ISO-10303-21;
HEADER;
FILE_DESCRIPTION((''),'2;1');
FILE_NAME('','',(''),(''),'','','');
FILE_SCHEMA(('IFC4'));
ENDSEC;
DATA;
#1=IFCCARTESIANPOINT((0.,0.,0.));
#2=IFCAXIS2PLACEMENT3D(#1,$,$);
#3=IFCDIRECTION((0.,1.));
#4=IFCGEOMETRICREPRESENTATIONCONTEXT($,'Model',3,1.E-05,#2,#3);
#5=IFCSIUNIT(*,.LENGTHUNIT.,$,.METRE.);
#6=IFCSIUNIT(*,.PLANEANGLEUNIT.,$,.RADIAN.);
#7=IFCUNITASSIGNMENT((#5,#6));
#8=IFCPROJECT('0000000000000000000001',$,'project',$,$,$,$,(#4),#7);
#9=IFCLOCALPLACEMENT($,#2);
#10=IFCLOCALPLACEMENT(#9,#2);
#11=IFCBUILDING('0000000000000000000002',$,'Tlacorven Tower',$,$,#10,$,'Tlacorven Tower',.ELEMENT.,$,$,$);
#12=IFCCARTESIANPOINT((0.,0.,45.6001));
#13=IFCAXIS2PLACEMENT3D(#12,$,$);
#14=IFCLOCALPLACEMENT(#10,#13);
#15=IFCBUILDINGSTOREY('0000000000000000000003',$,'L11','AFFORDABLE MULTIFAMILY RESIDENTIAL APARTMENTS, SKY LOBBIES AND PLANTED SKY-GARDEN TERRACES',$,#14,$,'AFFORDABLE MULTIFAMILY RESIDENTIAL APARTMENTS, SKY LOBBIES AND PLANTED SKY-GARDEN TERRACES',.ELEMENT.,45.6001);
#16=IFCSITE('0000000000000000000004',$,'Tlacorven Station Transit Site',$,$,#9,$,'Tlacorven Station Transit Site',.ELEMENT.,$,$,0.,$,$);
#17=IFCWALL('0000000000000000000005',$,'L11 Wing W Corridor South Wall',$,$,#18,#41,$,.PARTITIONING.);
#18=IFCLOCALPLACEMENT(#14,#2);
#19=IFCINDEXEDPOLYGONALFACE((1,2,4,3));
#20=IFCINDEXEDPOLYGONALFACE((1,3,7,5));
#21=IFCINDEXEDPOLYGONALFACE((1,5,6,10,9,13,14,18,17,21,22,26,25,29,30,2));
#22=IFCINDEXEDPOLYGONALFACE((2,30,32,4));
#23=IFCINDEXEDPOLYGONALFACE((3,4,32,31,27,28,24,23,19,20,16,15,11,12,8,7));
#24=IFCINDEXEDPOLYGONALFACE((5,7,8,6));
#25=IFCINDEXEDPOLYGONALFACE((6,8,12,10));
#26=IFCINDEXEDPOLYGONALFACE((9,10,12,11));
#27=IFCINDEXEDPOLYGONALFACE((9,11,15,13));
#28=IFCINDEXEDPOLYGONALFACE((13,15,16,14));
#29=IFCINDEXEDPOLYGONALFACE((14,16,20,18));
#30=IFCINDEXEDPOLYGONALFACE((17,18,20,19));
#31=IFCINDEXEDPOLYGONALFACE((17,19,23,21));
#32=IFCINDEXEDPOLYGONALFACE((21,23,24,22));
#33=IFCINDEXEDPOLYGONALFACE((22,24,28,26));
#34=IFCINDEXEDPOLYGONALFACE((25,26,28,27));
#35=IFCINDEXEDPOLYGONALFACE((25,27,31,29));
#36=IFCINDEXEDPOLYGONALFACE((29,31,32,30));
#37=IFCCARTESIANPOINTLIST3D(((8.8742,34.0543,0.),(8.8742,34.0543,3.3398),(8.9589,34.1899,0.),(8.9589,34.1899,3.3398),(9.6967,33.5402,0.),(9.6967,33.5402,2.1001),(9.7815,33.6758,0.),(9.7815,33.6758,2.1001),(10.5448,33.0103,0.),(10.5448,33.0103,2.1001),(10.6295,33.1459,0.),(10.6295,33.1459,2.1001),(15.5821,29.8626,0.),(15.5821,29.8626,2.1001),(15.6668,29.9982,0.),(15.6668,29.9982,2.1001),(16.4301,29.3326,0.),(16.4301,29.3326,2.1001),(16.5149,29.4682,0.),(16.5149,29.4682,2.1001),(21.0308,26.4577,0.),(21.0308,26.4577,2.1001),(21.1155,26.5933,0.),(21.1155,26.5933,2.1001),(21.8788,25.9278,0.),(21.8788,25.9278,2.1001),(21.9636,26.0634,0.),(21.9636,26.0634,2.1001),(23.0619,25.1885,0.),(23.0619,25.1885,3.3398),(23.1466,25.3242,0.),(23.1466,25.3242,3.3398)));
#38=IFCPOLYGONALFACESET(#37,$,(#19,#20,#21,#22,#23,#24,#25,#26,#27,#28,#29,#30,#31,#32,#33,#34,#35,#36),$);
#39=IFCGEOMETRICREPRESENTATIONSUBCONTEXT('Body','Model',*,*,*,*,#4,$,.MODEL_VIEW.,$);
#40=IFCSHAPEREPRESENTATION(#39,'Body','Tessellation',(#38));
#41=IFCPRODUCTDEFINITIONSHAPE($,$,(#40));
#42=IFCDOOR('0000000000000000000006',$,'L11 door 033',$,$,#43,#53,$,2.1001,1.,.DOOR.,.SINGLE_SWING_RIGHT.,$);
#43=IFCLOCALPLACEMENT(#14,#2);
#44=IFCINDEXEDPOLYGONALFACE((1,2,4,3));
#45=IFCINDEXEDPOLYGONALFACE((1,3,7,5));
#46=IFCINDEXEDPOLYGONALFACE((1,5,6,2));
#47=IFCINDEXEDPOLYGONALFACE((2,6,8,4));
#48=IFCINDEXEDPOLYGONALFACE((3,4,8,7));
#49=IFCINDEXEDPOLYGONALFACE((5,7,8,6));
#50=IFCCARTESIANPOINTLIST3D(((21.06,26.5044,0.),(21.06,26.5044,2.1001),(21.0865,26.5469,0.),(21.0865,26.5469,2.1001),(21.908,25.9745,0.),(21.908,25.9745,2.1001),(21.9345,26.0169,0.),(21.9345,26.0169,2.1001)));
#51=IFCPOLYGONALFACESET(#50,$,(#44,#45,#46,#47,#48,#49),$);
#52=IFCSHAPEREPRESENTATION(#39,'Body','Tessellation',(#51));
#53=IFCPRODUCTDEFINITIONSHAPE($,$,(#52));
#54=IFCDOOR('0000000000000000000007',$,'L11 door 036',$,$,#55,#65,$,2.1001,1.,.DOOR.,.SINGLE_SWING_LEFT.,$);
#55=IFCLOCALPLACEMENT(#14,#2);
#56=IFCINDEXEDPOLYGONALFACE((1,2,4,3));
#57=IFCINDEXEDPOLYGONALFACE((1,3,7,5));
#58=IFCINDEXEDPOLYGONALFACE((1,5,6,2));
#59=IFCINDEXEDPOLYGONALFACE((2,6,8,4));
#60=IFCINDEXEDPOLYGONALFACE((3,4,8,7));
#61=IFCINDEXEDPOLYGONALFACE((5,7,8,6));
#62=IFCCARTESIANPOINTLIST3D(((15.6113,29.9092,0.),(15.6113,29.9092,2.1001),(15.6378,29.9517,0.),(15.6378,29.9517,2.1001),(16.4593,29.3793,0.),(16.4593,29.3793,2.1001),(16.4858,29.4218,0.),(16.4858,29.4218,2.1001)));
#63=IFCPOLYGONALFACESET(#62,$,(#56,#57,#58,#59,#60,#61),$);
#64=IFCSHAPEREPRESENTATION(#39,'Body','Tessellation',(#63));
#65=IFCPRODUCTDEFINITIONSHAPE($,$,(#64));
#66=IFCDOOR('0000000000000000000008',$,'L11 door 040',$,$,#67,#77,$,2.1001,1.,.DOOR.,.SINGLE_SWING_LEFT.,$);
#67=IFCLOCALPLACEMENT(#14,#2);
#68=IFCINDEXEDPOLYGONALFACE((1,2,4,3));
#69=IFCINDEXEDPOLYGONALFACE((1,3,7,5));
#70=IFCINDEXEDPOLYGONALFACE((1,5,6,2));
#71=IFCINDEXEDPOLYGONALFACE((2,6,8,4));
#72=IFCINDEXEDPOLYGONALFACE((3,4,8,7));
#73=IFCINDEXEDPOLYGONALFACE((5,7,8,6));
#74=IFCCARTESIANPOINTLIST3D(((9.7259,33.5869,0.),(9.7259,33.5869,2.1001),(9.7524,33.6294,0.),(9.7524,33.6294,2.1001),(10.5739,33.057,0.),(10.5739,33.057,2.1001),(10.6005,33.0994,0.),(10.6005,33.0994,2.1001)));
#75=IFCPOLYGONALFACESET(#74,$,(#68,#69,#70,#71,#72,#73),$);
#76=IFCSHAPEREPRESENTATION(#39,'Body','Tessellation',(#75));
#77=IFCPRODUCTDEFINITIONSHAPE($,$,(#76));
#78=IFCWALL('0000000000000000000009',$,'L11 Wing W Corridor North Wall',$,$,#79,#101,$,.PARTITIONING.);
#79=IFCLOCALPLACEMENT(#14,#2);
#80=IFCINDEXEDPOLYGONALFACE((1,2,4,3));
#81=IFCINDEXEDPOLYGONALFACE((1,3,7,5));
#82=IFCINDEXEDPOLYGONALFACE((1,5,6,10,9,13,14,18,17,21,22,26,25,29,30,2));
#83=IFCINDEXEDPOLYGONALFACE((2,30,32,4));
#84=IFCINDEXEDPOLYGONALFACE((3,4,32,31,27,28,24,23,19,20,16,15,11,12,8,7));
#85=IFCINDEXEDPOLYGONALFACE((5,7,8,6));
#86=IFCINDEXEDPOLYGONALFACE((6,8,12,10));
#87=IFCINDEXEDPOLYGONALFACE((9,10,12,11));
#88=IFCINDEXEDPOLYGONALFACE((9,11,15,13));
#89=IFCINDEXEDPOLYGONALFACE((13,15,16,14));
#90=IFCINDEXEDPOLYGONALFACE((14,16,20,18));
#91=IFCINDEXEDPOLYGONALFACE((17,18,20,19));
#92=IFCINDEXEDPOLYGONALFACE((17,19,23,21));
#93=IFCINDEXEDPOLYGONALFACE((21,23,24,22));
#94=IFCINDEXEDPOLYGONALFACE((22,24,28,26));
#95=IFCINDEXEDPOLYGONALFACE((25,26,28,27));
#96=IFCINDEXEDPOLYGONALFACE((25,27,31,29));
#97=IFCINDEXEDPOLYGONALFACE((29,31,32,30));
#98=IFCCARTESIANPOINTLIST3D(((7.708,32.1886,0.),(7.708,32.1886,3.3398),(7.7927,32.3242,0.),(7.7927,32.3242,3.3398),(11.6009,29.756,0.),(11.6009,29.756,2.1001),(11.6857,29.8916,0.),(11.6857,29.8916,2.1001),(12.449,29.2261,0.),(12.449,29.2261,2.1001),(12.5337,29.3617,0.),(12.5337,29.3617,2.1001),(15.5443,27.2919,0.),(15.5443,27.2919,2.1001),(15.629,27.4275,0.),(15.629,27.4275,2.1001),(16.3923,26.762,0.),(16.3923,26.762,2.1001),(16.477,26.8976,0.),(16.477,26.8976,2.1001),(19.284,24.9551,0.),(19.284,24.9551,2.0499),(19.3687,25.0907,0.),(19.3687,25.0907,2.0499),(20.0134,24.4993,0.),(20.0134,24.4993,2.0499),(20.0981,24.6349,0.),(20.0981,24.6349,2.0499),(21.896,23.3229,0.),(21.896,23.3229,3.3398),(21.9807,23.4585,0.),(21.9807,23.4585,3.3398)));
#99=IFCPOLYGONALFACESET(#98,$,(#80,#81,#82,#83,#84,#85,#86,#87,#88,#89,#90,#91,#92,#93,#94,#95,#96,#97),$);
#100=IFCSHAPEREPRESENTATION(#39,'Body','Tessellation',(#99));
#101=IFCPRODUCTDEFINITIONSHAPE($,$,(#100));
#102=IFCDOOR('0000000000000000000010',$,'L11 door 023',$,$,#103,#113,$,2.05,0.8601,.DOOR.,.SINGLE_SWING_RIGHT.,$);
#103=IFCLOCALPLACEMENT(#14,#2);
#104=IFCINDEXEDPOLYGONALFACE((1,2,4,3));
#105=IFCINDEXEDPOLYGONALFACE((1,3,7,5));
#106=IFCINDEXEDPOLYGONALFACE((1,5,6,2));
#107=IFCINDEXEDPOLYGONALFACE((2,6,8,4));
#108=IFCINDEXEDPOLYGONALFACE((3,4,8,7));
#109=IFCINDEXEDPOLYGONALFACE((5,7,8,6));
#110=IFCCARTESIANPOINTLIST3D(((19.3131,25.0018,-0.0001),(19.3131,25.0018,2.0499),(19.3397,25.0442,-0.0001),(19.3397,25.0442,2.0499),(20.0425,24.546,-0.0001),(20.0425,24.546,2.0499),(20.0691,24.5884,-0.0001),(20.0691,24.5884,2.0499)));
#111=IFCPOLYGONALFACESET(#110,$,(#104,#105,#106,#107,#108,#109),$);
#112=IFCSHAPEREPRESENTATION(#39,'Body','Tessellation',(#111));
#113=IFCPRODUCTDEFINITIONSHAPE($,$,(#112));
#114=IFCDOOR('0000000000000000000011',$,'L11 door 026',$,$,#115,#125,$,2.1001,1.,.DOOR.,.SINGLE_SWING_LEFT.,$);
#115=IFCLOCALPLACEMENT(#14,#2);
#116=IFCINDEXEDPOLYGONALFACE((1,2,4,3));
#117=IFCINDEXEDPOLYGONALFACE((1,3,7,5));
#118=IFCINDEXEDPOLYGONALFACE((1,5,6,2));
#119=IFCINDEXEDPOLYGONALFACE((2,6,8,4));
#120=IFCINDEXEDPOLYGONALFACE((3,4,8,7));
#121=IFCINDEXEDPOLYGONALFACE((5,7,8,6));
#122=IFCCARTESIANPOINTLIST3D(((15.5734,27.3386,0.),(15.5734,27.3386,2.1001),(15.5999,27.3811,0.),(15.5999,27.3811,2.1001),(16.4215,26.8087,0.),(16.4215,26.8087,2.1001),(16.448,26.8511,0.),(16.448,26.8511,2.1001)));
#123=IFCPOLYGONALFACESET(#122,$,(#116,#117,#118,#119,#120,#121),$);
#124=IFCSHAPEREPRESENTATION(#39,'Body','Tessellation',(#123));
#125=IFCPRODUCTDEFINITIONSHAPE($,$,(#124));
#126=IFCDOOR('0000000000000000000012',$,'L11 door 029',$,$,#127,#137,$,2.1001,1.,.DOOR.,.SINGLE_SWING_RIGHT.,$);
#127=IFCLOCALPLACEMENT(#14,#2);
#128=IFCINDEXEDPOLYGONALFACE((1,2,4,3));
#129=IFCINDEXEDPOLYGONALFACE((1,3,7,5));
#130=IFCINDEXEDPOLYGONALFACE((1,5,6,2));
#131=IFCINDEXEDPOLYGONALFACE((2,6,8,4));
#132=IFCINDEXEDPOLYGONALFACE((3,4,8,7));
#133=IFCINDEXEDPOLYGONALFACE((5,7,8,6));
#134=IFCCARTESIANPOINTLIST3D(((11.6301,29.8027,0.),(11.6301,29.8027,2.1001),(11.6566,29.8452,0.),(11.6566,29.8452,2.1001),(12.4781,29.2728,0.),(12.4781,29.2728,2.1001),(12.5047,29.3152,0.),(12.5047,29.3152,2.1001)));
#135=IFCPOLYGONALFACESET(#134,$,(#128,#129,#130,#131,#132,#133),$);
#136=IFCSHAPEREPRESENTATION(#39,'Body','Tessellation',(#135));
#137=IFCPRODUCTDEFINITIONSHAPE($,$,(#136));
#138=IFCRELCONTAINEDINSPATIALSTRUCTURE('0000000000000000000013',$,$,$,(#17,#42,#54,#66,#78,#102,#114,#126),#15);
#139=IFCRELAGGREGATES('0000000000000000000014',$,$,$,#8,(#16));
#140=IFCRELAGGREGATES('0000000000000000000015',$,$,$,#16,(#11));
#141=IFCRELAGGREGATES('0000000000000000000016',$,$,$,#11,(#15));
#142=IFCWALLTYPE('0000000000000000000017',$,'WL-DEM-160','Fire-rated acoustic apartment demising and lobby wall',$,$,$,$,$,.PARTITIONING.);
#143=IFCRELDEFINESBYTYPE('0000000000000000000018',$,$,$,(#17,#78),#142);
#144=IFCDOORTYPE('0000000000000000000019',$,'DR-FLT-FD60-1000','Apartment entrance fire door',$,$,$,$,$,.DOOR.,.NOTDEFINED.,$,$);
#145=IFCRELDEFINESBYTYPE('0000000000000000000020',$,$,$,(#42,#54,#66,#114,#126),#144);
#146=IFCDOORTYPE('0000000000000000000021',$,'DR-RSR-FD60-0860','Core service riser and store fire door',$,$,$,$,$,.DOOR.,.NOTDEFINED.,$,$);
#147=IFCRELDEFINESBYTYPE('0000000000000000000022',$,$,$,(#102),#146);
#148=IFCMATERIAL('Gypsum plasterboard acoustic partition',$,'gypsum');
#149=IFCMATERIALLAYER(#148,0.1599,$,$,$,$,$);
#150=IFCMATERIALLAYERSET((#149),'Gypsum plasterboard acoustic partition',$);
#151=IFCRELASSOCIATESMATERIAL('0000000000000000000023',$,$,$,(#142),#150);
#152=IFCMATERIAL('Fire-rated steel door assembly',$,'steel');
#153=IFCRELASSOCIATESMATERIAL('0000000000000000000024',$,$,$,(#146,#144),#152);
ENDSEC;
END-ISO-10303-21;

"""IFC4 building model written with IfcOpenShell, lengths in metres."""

from ifc_helpers import new_model, si_unit, direction, frame, frame_2d, origin, place, context, subcontext, project, spatial, rectangle, extrude, source, transform, mapped, material, layer, layer_set, type_object, element, fill, save


model = new_model("IFC4")

# Units and contexts
model_context = context("Model", 3, precision=1e-05, world=origin(), true_north=direction((0.0, 1.0)))
body_context = subcontext(model_context, "Body", "Model", "MODEL_VIEW")
ifc_project = project(units=[si_unit("LENGTHUNIT", "METRE"), si_unit("PLANEANGLEUNIT", "RADIAN")], contexts=[model_context])

# Site, building, storey
site_placement = place(None, origin())
site = spatial("IfcSite", under=ifc_project, at=site_placement, Name="Tlacorven Station Transit Site", LongName="Tlacorven Station Transit Site", CompositionType="ELEMENT", RefElevation=0.0)
building_placement = place(site_placement, origin())
building = spatial("IfcBuilding", under=site, at=building_placement, Name="Tlacorven Tower", LongName="Tlacorven Tower", CompositionType="ELEMENT")
storey_placement = place(building_placement, frame((0.0, 0.0, 45.6001)))
storey = spatial("IfcBuildingStorey", under=building, at=storey_placement, Name="L11", Description="AFFORDABLE MULTIFAMILY RESIDENTIAL APARTMENTS, SKY LOBBIES AND PLANTED SKY-GARDEN TERRACES", LongName="AFFORDABLE MULTIFAMILY RESIDENTIAL APARTMENTS, SKY LOBBIES AND PLANTED SKY-GARDEN TERRACES", CompositionType="ELEMENT", Elevation=45.6001)

# Shared definitions
ifc_material_1 = material(Name="Gypsum plasterboard acoustic partition", Category="gypsum")
ifc_layer_1 = layer(ifc_material_1, 0.1599)
ifc_layer_set_1 = layer_set([ifc_layer_1], Name="Gypsum plasterboard acoustic partition")
wall_type_1 = type_object("IfcWallType", Name="WL-DEM-160", Description="Fire-rated acoustic apartment demising and lobby wall", PredefinedType="PARTITIONING", material=ifc_layer_set_1)
ifc_material_2 = material(Name="Fire-rated steel door assembly", Category="steel")
door_type_1 = type_object("IfcDoorType", Name="DR-RSR-FD60-0860", Description="Core service riser and store fire door", OperationType="NOTDEFINED", PredefinedType="DOOR", material=ifc_material_2)
shared_shape_1 = source(origin(), body_context, "Body", "SweptSolid", [
    extrude(rectangle(XDim=0.8601, YDim=2.05, at=frame_2d((0.4302, 1.0249))), frame((0.0, 0.0249, 0.0), z_axis=(0.0, -1.0, 0.0), x_axis=(1.0, 0.0, 0.0)), (0.0, 0.0, 1.0), 0.05),
])

# Walls, openings, doors
wall_1_placement = place(storey_placement, frame((23.1042, 25.2563, 0.0), z_axis=(0.0, 0.0, 1.0), x_axis=(-0.848042, 0.529929, 0.0)))
wall_1 = element("IfcWall", 1, at=wall_1_placement, inside=storey, type_object=wall_type_1, Name="L11 Wing W Corridor South Wall", PredefinedType="PARTITIONING", context=body_context, shape_type="SweptSolid", body=[
    extrude(rectangle(XDim=16.73, YDim=0.1599, at=frame_2d((8.365, 0.0))), origin(), (0.0, 0.0, 1.0), 3.3398),
])
opening_1_placement = place(wall_1_placement, frame((1.395, 0.0, 0.0)))
opening_1 = element("IfcOpeningElement", 2, at=opening_1_placement, cuts=wall_1, PredefinedType="OPENING", context=body_context, shape_type="SweptSolid", body=[
    extrude(rectangle(XDim=1.0, YDim=2.1001, at=frame_2d((0.5, 1.05))), frame((0.0, 0.0898, 0.0), z_axis=(0.0, -1.0, 0.0), x_axis=(1.0, 0.0, 0.0)), (0.0, 0.0, 1.0), 0.1799),
])
opening_2_placement = place(wall_1_placement, frame((7.8201, 0.0, 0.0)))
opening_2 = element("IfcOpeningElement", 3, at=opening_2_placement, cuts=wall_1, PredefinedType="OPENING", context=body_context, shape_type="SweptSolid", body=[
    extrude(rectangle(XDim=1.0, YDim=2.1001, at=frame_2d((0.5, 1.05))), frame((0.0, 0.0898, 0.0), z_axis=(0.0, -1.0, 0.0), x_axis=(1.0, 0.0, 0.0)), (0.0, 0.0, 1.0), 0.1799),
])
opening_3_placement = place(wall_1_placement, frame((14.76, 0.0, 0.0)))
opening_3 = element("IfcOpeningElement", 4, at=opening_3_placement, cuts=wall_1, PredefinedType="OPENING", context=body_context, shape_type="SweptSolid", body=[
    extrude(rectangle(XDim=1.0, YDim=2.1001, at=frame_2d((0.5, 1.05))), frame((0.0, 0.0898, 0.0), z_axis=(0.0, -1.0, 0.0), x_axis=(1.0, 0.0, 0.0)), (0.0, 0.0, 1.0), 0.1799),
])
door_type_2 = type_object("IfcDoorType", Name="DR-FLT-FD60-1000", Description="Apartment entrance fire door", OperationType="NOTDEFINED", PredefinedType="DOOR", material=ifc_material_2)
shared_shape_2 = source(origin(), body_context, "Body", "SweptSolid", [
    extrude(rectangle(XDim=1.0, YDim=2.1001, at=frame_2d((0.5, 1.05))), frame((0.0, 0.0249, 0.0), z_axis=(0.0, -1.0, 0.0), x_axis=(1.0, 0.0, 0.0)), (0.0, 0.0, 1.0), 0.05),
])
door_1_placement = place(opening_1_placement, origin())
door_1 = element("IfcDoor", 5, at=door_1_placement, inside=storey, type_object=door_type_2, Name="L11 door 033", OperationType="SINGLE_SWING_RIGHT", OverallHeight=2.1001, OverallWidth=1.0, PredefinedType="DOOR", context=body_context, shape_type="MappedRepresentation", body=[
    mapped(shared_shape_2, transform((0.0, 0.0, 0.0), scale=1.0)),
])
fill(opening_1, door_1)
door_2_placement = place(opening_2_placement, origin())
door_2 = element("IfcDoor", 6, at=door_2_placement, inside=storey, type_object=door_type_2, Name="L11 door 036", OperationType="SINGLE_SWING_LEFT", OverallHeight=2.1001, OverallWidth=1.0, PredefinedType="DOOR", context=body_context, shape_type="MappedRepresentation", body=[
    mapped(shared_shape_2, transform((0.0, 0.0, 0.0), scale=1.0)),
])
fill(opening_2, door_2)
door_3_placement = place(opening_3_placement, origin())
door_3 = element("IfcDoor", 7, at=door_3_placement, inside=storey, type_object=door_type_2, Name="L11 door 040", OperationType="SINGLE_SWING_LEFT", OverallHeight=2.1001, OverallWidth=1.0, PredefinedType="DOOR", context=body_context, shape_type="MappedRepresentation", body=[
    mapped(shared_shape_2, transform((0.0, 0.0, 0.0), scale=1.0)),
])
fill(opening_3, door_3)
wall_2_placement = place(storey_placement, frame((21.9385, 23.3906, 0.0), z_axis=(0.0, 0.0, 1.0), x_axis=(-0.848046, 0.529923, 0.0)))
wall_2 = element("IfcWall", 8, at=wall_2_placement, inside=storey, type_object=wall_type_1, Name="L11 Wing W Corridor North Wall", PredefinedType="PARTITIONING", context=body_context, shape_type="SweptSolid", body=[
    extrude(rectangle(XDim=16.7302, YDim=0.1599, at=frame_2d((8.3652, 0.0))), origin(), (0.0, 0.0, 1.0), 3.3398),
])
opening_4_placement = place(wall_2_placement, frame((2.22, 0.0, 0.0)))
opening_4 = element("IfcOpeningElement", 9, at=opening_4_placement, cuts=wall_2, PredefinedType="OPENING", context=body_context, shape_type="SweptSolid", body=[
    extrude(rectangle(XDim=0.8601, YDim=2.05, at=frame_2d((0.4302, 1.0249))), frame((0.0, 0.0898, 0.0), z_axis=(0.0, -1.0, 0.0), x_axis=(1.0, 0.0, 0.0)), (0.0, 0.0, 1.0), 0.1799),
])
opening_5_placement = place(wall_2_placement, frame((6.49, 0.0, 0.0)))
opening_5 = element("IfcOpeningElement", 10, at=opening_5_placement, cuts=wall_2, PredefinedType="OPENING", context=body_context, shape_type="SweptSolid", body=[
    extrude(rectangle(XDim=1.0, YDim=2.1001, at=frame_2d((0.5, 1.05))), frame((0.0, 0.0898, 0.0), z_axis=(0.0, -1.0, 0.0), x_axis=(1.0, 0.0, 0.0)), (0.0, 0.0, 1.0), 0.1799),
])
opening_6_placement = place(wall_2_placement, frame((11.1399, 0.0, 0.0)))
opening_6 = element("IfcOpeningElement", 11, at=opening_6_placement, cuts=wall_2, PredefinedType="OPENING", context=body_context, shape_type="SweptSolid", body=[
    extrude(rectangle(XDim=1.0, YDim=2.1001, at=frame_2d((0.5, 1.05))), frame((0.0, 0.0898, 0.0), z_axis=(0.0, -1.0, 0.0), x_axis=(1.0, 0.0, 0.0)), (0.0, 0.0, 1.0), 0.1799),
])
door_4_placement = place(opening_4_placement, origin())
door_4 = element("IfcDoor", 12, at=door_4_placement, inside=storey, type_object=door_type_1, Name="L11 door 023", OperationType="SINGLE_SWING_RIGHT", OverallHeight=2.05, OverallWidth=0.8601, PredefinedType="DOOR", context=body_context, shape_type="MappedRepresentation", body=[
    mapped(shared_shape_1, transform((0.0, 0.0, 0.0), scale=1.0)),
])
fill(opening_4, door_4)
door_5_placement = place(opening_5_placement, origin())
door_5 = element("IfcDoor", 13, at=door_5_placement, inside=storey, type_object=door_type_2, Name="L11 door 026", OperationType="SINGLE_SWING_LEFT", OverallHeight=2.1001, OverallWidth=1.0, PredefinedType="DOOR", context=body_context, shape_type="MappedRepresentation", body=[
    mapped(shared_shape_2, transform((0.0, 0.0, 0.0), scale=1.0)),
])
fill(opening_5, door_5)
door_6_placement = place(opening_6_placement, origin())
door_6 = element("IfcDoor", 14, at=door_6_placement, inside=storey, type_object=door_type_2, Name="L11 door 029", OperationType="SINGLE_SWING_RIGHT", OverallHeight=2.1001, OverallWidth=1.0, PredefinedType="DOOR", context=body_context, shape_type="MappedRepresentation", body=[
    mapped(shared_shape_2, transform((0.0, 0.0, 0.0), scale=1.0)),
])
fill(opening_6, door_6)

save(model, "model.ifc")
